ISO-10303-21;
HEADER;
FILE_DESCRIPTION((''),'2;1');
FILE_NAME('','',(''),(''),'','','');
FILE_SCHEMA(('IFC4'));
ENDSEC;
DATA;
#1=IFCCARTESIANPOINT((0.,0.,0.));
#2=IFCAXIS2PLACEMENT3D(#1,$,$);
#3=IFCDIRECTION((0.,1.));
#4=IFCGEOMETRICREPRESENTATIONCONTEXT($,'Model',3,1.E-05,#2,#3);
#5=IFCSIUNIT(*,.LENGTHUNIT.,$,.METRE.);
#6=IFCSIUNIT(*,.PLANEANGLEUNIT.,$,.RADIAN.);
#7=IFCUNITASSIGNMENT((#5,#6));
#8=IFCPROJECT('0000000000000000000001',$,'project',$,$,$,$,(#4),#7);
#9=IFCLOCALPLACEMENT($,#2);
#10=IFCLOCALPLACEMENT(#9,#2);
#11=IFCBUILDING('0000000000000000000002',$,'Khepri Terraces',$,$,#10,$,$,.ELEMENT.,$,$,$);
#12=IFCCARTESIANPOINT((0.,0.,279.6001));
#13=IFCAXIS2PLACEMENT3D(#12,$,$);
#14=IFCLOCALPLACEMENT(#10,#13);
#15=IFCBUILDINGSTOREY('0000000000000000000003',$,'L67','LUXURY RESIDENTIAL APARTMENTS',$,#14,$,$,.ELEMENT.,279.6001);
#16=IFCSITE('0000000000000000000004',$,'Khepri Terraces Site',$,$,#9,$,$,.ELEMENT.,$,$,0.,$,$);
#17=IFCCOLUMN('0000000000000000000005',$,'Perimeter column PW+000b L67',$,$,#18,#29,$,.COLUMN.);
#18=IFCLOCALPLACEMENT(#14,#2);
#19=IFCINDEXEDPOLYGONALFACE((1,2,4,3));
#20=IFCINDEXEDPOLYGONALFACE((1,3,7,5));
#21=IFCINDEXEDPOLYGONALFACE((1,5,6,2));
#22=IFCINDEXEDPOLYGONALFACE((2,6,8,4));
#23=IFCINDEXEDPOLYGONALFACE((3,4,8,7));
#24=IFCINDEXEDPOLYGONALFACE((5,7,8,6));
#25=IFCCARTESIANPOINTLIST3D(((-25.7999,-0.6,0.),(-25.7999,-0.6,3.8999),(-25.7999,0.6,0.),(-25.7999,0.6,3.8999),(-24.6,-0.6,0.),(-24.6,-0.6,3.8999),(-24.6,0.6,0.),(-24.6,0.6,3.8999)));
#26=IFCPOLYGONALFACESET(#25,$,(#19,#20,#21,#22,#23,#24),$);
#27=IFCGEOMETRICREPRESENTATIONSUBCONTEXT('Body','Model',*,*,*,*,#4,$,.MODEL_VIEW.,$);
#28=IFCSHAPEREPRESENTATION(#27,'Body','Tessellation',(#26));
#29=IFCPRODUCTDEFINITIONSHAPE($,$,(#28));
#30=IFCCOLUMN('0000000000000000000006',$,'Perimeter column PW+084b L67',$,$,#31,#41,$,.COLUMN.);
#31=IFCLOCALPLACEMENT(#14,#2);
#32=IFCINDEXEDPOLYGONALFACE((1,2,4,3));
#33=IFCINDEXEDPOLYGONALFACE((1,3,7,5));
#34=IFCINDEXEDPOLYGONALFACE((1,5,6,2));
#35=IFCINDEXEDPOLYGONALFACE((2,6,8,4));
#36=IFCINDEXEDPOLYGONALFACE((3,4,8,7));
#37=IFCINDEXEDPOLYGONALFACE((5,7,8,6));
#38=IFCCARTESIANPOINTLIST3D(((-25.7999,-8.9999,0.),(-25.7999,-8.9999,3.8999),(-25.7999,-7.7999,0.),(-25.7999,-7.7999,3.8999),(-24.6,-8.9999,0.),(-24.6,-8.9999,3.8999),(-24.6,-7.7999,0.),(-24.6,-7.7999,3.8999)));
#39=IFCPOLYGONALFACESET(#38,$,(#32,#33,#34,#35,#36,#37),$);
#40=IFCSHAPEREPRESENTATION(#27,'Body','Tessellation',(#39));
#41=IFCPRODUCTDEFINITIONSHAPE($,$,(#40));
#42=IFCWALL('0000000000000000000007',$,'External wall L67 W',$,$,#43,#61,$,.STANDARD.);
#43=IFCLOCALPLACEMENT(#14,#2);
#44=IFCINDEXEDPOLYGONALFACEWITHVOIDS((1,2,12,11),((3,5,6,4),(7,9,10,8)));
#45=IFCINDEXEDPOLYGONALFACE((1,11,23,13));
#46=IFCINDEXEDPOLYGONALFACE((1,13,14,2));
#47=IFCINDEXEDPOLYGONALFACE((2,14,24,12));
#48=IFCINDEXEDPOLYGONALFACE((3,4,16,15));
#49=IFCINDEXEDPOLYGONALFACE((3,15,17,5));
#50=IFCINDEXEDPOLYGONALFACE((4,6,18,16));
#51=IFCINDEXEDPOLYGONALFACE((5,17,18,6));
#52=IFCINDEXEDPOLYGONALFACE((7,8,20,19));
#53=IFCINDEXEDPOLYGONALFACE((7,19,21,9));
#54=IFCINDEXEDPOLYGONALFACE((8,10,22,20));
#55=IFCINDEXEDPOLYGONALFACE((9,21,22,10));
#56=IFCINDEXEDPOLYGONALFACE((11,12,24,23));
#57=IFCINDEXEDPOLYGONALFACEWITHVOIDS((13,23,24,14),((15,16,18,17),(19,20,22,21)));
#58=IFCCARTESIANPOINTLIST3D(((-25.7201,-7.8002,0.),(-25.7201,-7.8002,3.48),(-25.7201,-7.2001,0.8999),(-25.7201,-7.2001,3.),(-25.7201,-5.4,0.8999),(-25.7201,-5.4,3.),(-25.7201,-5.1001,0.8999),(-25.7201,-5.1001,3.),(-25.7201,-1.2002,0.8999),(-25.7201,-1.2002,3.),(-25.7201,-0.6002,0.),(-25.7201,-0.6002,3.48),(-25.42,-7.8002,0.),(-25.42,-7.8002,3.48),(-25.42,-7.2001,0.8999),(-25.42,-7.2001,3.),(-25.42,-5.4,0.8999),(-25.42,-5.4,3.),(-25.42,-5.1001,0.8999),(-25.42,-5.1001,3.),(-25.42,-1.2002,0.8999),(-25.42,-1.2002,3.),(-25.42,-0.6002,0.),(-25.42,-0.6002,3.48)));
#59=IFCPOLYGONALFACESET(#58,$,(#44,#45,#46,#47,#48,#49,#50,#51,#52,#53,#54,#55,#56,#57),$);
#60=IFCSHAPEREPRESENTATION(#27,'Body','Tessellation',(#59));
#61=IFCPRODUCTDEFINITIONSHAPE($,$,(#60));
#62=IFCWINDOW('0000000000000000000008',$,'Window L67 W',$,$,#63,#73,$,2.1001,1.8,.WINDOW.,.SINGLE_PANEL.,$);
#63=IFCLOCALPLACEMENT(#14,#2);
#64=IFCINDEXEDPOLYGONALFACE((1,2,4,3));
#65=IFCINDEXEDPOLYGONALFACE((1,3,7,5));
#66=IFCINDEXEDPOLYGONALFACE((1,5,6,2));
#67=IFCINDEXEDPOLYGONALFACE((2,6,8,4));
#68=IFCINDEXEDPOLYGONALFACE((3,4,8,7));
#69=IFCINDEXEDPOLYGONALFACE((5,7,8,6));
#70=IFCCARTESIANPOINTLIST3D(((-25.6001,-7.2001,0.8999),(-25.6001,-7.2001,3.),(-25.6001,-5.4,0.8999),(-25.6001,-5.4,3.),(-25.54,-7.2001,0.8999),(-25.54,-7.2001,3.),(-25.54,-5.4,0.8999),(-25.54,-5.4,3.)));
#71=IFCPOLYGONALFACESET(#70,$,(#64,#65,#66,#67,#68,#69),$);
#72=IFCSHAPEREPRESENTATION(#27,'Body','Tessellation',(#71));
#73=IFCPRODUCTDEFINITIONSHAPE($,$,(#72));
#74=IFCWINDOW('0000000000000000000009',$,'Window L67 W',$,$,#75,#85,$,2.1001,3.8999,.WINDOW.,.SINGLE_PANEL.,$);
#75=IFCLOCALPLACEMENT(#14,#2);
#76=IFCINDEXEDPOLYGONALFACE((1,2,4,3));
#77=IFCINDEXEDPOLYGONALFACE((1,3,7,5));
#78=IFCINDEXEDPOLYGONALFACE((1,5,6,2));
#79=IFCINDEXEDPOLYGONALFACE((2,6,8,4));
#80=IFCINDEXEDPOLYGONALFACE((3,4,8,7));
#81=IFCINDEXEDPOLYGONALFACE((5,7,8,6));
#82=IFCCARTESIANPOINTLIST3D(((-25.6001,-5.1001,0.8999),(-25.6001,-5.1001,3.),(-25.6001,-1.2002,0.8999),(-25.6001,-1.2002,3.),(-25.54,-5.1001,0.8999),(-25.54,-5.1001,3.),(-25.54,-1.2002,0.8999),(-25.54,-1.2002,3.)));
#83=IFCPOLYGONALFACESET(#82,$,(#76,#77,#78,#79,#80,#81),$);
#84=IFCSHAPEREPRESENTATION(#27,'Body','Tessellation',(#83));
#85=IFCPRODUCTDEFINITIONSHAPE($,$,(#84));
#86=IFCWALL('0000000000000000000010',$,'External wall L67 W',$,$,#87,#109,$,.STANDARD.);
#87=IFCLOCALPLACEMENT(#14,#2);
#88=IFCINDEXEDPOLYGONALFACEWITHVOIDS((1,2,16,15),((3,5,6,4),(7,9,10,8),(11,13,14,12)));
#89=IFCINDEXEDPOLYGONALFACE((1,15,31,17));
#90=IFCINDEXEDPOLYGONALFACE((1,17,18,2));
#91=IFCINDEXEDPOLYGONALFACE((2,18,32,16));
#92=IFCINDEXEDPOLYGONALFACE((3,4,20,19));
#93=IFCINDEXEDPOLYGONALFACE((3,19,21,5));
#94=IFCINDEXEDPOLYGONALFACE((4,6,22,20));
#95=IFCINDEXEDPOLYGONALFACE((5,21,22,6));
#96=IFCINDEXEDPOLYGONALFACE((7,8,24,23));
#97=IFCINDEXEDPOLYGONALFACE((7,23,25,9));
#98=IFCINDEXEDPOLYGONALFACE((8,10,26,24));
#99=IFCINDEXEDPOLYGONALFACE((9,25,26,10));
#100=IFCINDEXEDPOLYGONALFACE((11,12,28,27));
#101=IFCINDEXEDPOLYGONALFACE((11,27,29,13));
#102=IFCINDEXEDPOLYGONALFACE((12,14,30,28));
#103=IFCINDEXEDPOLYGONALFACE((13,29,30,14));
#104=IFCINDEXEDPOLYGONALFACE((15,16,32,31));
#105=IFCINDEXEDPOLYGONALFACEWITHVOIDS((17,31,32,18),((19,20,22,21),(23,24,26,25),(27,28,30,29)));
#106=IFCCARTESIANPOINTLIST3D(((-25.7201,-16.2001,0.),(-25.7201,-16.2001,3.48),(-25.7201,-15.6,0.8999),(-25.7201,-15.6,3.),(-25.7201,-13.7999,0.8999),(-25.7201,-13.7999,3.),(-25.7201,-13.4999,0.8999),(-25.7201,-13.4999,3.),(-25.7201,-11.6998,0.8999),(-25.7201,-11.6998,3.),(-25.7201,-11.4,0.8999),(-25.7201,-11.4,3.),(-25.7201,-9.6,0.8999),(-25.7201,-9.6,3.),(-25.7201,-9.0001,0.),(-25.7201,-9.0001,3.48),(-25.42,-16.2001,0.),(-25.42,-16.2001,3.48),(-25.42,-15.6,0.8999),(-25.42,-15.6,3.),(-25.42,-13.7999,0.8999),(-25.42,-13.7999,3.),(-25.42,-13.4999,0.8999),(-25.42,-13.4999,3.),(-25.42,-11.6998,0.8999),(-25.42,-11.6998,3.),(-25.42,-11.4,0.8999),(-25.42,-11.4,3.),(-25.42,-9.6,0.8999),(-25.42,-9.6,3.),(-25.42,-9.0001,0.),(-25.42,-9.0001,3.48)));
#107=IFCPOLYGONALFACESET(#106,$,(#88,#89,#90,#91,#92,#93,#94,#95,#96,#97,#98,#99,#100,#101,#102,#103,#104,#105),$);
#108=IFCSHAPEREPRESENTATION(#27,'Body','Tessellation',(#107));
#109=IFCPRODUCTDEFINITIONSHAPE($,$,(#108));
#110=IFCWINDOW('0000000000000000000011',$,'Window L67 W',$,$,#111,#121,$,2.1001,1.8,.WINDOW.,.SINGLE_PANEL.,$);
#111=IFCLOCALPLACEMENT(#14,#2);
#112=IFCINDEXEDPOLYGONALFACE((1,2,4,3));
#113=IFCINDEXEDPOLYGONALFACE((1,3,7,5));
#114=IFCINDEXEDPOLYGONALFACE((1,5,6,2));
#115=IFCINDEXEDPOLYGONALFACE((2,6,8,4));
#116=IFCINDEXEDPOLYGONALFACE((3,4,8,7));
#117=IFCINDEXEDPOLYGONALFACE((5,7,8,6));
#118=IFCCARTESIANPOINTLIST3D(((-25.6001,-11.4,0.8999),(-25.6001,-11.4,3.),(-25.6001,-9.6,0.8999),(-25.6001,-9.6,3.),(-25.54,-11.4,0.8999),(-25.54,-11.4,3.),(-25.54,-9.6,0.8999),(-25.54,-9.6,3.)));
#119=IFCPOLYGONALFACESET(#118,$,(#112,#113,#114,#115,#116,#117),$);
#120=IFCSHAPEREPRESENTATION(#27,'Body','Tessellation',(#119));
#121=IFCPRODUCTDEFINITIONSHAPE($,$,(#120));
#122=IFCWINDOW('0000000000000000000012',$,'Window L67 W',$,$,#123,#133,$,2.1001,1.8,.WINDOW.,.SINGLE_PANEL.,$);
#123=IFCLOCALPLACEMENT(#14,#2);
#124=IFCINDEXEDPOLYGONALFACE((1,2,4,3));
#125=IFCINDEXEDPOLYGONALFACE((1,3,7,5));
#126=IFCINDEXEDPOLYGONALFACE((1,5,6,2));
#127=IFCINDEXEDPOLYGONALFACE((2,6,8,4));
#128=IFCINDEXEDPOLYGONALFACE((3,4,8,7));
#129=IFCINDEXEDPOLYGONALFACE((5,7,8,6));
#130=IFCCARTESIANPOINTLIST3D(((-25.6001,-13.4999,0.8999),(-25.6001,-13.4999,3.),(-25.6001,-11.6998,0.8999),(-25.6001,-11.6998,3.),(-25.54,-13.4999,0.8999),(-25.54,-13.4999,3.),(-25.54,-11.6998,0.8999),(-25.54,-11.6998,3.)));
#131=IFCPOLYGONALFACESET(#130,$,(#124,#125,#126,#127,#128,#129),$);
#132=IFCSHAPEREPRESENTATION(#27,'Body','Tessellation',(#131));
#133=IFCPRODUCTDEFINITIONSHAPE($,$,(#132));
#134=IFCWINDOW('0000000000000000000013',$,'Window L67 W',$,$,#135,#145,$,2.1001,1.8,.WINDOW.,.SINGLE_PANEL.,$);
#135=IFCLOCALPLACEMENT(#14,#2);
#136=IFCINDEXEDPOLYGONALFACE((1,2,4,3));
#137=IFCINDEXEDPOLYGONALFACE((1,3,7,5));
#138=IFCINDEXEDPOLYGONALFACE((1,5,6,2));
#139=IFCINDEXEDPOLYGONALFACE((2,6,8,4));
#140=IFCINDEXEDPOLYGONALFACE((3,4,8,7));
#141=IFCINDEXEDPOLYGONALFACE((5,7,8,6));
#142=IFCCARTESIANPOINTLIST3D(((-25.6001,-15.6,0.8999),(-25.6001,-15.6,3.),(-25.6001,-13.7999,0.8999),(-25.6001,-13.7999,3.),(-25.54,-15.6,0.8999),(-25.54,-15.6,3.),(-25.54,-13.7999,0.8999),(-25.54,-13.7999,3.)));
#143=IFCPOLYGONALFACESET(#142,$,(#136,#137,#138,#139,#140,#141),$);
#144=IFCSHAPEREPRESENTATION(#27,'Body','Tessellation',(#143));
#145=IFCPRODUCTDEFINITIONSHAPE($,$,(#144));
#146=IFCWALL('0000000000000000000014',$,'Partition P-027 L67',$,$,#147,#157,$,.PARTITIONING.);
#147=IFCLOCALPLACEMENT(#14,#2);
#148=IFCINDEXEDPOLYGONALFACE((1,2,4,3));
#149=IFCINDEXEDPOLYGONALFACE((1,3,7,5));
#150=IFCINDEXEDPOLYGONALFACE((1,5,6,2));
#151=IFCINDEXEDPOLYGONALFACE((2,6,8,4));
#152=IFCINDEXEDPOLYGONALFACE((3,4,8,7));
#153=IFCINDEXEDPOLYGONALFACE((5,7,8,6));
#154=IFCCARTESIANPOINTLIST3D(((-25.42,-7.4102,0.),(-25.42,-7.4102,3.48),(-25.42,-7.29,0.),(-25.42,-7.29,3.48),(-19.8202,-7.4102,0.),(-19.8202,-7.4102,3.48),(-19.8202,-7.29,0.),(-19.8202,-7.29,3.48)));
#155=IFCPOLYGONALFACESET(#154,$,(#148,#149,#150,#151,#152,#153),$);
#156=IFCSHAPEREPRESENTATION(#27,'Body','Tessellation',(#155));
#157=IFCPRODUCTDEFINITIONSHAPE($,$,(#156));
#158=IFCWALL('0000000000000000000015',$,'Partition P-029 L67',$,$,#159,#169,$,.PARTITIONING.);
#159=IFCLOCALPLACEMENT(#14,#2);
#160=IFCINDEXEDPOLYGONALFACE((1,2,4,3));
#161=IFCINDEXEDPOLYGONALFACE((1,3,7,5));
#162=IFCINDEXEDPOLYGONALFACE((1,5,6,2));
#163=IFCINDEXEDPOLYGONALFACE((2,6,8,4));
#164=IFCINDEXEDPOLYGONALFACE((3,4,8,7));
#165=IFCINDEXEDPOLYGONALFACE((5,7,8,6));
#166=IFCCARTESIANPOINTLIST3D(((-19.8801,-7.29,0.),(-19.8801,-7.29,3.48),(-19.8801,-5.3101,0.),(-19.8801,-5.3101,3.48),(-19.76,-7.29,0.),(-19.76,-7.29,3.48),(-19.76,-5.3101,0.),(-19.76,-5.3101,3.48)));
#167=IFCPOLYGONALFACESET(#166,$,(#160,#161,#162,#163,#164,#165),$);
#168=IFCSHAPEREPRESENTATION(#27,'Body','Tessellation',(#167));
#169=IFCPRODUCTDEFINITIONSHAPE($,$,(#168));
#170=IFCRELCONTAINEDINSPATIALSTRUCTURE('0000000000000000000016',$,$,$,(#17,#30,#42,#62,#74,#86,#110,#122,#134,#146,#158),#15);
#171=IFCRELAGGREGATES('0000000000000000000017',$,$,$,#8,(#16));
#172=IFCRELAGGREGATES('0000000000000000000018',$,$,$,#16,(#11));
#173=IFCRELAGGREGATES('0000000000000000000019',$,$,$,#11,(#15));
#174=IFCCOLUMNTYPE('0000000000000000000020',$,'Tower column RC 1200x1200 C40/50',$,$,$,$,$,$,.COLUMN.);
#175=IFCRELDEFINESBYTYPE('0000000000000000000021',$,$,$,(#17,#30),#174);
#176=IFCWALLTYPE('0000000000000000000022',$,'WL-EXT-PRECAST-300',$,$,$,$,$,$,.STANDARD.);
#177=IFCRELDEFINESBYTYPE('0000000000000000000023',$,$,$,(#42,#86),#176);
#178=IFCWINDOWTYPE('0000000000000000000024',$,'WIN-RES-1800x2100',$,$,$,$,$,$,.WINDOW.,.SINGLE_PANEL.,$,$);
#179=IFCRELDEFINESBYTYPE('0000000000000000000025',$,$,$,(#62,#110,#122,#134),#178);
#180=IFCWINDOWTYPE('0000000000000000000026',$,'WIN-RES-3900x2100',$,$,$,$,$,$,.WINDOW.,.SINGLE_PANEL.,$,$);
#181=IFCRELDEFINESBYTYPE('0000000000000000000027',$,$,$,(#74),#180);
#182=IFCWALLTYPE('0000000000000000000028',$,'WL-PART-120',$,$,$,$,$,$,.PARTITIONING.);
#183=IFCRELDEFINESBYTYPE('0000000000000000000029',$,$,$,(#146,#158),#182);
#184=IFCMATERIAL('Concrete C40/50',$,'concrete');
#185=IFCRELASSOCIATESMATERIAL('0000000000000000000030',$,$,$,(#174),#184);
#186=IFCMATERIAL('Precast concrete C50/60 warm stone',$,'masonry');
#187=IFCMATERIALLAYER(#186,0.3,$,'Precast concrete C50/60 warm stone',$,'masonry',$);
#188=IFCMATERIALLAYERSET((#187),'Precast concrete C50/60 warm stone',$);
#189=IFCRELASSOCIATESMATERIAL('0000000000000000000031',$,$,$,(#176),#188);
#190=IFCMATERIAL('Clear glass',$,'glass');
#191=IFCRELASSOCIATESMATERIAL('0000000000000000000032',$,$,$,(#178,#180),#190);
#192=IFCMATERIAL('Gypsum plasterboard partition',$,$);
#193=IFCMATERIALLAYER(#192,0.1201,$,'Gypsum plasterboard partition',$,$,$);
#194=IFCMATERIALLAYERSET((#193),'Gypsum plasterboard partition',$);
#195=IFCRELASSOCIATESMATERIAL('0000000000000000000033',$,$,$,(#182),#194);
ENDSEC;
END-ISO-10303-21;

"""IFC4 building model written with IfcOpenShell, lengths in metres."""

from ifc_helpers import new_model, si_unit, direction, frame, frame_2d, origin, origin_2d, place, context, subcontext, project, spatial, rectangle, extrude, material, layer, layer_set, material_profile, profile_set, type_object, element, fill, save


model = new_model("IFC4")

# Units and contexts
model_context = context("Model", 3, precision=1e-05, world=origin(), true_north=direction((0.0, 1.0)))
body_context = subcontext(model_context, "Body", "Model", "MODEL_VIEW")
ifc_project = project(units=[si_unit("LENGTHUNIT", "METRE"), si_unit("PLANEANGLEUNIT", "RADIAN")], contexts=[model_context])

# Site, building, storey
site_placement = place(None, origin())
site = spatial("IfcSite", under=ifc_project, at=site_placement, Name="Khepri Terraces Site", CompositionType="ELEMENT", RefElevation=0.0)
building_placement = place(site_placement, origin())
building = spatial("IfcBuilding", under=site, at=building_placement, Name="Khepri Terraces", CompositionType="ELEMENT")
storey_placement = place(building_placement, frame((0.0, 0.0, 279.6001)))
storey = spatial("IfcBuildingStorey", under=building, at=storey_placement, Name="L67", Description="LUXURY RESIDENTIAL APARTMENTS", CompositionType="ELEMENT", Elevation=279.6001)

# Columns
ifc_material_1 = material(Name="Concrete C40/50", Category="concrete")
ifc_material_profile = material_profile(ifc_material_1, rectangle(XDim=1.2, YDim=1.2, at=origin_2d()), Name="Concrete C40/50", Category="concrete")
ifc_profile_set = profile_set([ifc_material_profile], Name="Concrete C40/50")
column_type = type_object("IfcColumnType", Name="Tower column RC 1200x1200 C40/50", PredefinedType="COLUMN", material=ifc_profile_set)
for number, where, z_axis, x_axis, name in (
    (1, (-25.2, 0.0, 0.0), (0.0, 0.0, 1.0), (1.0, 0.0, 0.0), "Perimeter column PW+000b L67"),
    (2, (-25.2, -8.3999, 0.0), (0.0, 0.0, 1.0), (1.0, 0.0, 0.0), "Perimeter column PW+084b L67"),
):
    element("IfcColumn", number, at=place(storey_placement, frame(where, z_axis=z_axis, x_axis=x_axis)), inside=storey, type_object=column_type, Name=name, PredefinedType="COLUMN", context=body_context, shape_type="SweptSolid", body=[
        extrude(rectangle(XDim=1.2, YDim=1.2, at=origin_2d()), origin(), (0.0, 0.0, 1.0), 3.8999),
    ])

# Walls, openings, windows
ifc_material_2 = material(Name="Precast concrete C50/60 warm stone", Category="masonry")
ifc_layer_1 = layer(ifc_material_2, 0.3, Name="Precast concrete C50/60 warm stone", Category="masonry")
ifc_layer_set_1 = layer_set([ifc_layer_1], Name="Precast concrete C50/60 warm stone")
wall_type_1 = type_object("IfcWallType", Name="WL-EXT-PRECAST-300", PredefinedType="STANDARD", material=ifc_layer_set_1)
wall_1_placement = place(storey_placement, frame((-25.5701, -0.6001, 0.0), z_axis=(0.0, 0.0, 1.0), x_axis=(0.0, -1.0, 0.0)))
wall_1 = element("IfcWall", 3, at=wall_1_placement, inside=storey, type_object=wall_type_1, Name="External wall L67 W", PredefinedType="STANDARD", context=body_context, shape_type="SweptSolid", body=[
    extrude(rectangle(XDim=7.2, YDim=0.3, at=frame_2d((3.6001, 0.0))), origin(), (0.0, 0.0, 1.0), 3.48),
])
opening_1_placement = place(wall_1_placement, frame((0.6001, 0.0, 0.8999)))
opening_1 = element("IfcOpeningElement", 4, at=opening_1_placement, cuts=wall_1, PredefinedType="OPENING", context=body_context, shape_type="SweptSolid", body=[
    extrude(rectangle(XDim=3.8999, YDim=2.1001, at=frame_2d((1.95, 1.05))), frame((0.0, 0.1602, 0.0), z_axis=(0.0, -1.0, 0.0), x_axis=(1.0, 0.0, 0.0)), (0.0, 0.0, 1.0), 0.3201),
])
opening_2_placement = place(wall_1_placement, frame((4.8, 0.0, 0.8999)))
opening_2 = element("IfcOpeningElement", 5, at=opening_2_placement, cuts=wall_1, PredefinedType="OPENING", context=body_context, shape_type="SweptSolid", body=[
    extrude(rectangle(XDim=1.8, YDim=2.1001, at=frame_2d((0.8999, 1.05))), frame((0.0, 0.1602, 0.0), z_axis=(0.0, -1.0, 0.0), x_axis=(1.0, 0.0, 0.0)), (0.0, 0.0, 1.0), 0.3201),
])
ifc_material_3 = material(Name="Clear glass", Category="glass")
window_type_1 = type_object("IfcWindowType", Name="WIN-RES-1800x2100", PartitioningType="SINGLE_PANEL", PredefinedType="WINDOW", material=ifc_material_3)
window_1_placement = place(opening_2_placement, origin())
window_1 = element("IfcWindow", 6, at=window_1_placement, inside=storey, type_object=window_type_1, Name="Window L67 W", OverallHeight=2.1001, OverallWidth=1.8, PartitioningType="SINGLE_PANEL", PredefinedType="WINDOW", context=body_context, shape_type="SweptSolid", body=[
    extrude(rectangle(XDim=1.8, YDim=2.1001, at=frame_2d((0.8999, 1.05))), frame((0.0, 0.03, 0.0), z_axis=(0.0, -1.0, 0.0), x_axis=(1.0, 0.0, 0.0)), (0.0, 0.0, 1.0), 0.0601),
])
fill(opening_2, window_1)
window_type_2 = type_object("IfcWindowType", Name="WIN-RES-3900x2100", PartitioningType="SINGLE_PANEL", PredefinedType="WINDOW", material=ifc_material_3)
window_2_placement = place(opening_1_placement, origin())
window_2 = element("IfcWindow", 7, at=window_2_placement, inside=storey, type_object=window_type_2, Name="Window L67 W", OverallHeight=2.1001, OverallWidth=3.8999, PartitioningType="SINGLE_PANEL", PredefinedType="WINDOW", context=body_context, shape_type="SweptSolid", body=[
    extrude(rectangle(XDim=3.8999, YDim=2.1001, at=frame_2d((1.95, 1.05))), frame((0.0, 0.03, 0.0), z_axis=(0.0, -1.0, 0.0), x_axis=(1.0, 0.0, 0.0)), (0.0, 0.0, 1.0), 0.0601),
])
fill(opening_1, window_2)
wall_2_placement = place(storey_placement, frame((-25.5701, -9.0, 0.0), z_axis=(0.0, 0.0, 1.0), x_axis=(0.0, -1.0, 0.0)))
wall_2 = element("IfcWall", 8, at=wall_2_placement, inside=storey, type_object=wall_type_1, Name="External wall L67 W", PredefinedType="STANDARD", context=body_context, shape_type="SweptSolid", body=[
    extrude(rectangle(XDim=7.2, YDim=0.3, at=frame_2d((3.6001, 0.0))), origin(), (0.0, 0.0, 1.0), 3.48),
])
opening_3_placement = place(wall_2_placement, frame((0.6001, 0.0, 0.8999)))
opening_3 = element("IfcOpeningElement", 9, at=opening_3_placement, cuts=wall_2, PredefinedType="OPENING", context=body_context, shape_type="SweptSolid", body=[
    extrude(rectangle(XDim=1.8, YDim=2.1001, at=frame_2d((0.8999, 1.05))), frame((0.0, 0.1602, 0.0), z_axis=(0.0, -1.0, 0.0), x_axis=(1.0, 0.0, 0.0)), (0.0, 0.0, 1.0), 0.3201),
])
opening_4_placement = place(wall_2_placement, frame((2.7, 0.0, 0.8999)))
opening_4 = element("IfcOpeningElement", 10, at=opening_4_placement, cuts=wall_2, PredefinedType="OPENING", context=body_context, shape_type="SweptSolid", body=[
    extrude(rectangle(XDim=1.8, YDim=2.1001, at=frame_2d((0.8999, 1.05))), frame((0.0, 0.1602, 0.0), z_axis=(0.0, -1.0, 0.0), x_axis=(1.0, 0.0, 0.0)), (0.0, 0.0, 1.0), 0.3201),
])
opening_5_placement = place(wall_2_placement, frame((4.8, 0.0, 0.8999)))
opening_5 = element("IfcOpeningElement", 11, at=opening_5_placement, cuts=wall_2, PredefinedType="OPENING", context=body_context, shape_type="SweptSolid", body=[
    extrude(rectangle(XDim=1.8, YDim=2.1001, at=frame_2d((0.8999, 1.05))), frame((0.0, 0.1602, 0.0), z_axis=(0.0, -1.0, 0.0), x_axis=(1.0, 0.0, 0.0)), (0.0, 0.0, 1.0), 0.3201),
])
window_3_placement = place(opening_3_placement, origin())
window_3 = element("IfcWindow", 12, at=window_3_placement, inside=storey, type_object=window_type_1, Name="Window L67 W", OverallHeight=2.1001, OverallWidth=1.8, PartitioningType="SINGLE_PANEL", PredefinedType="WINDOW", context=body_context, shape_type="SweptSolid", body=[
    extrude(rectangle(XDim=1.8, YDim=2.1001, at=frame_2d((0.8999, 1.05))), frame((0.0, 0.03, 0.0), z_axis=(0.0, -1.0, 0.0), x_axis=(1.0, 0.0, 0.0)), (0.0, 0.0, 1.0), 0.0601),
])
fill(opening_3, window_3)
window_4_placement = place(opening_4_placement, origin())
window_4 = element("IfcWindow", 13, at=window_4_placement, inside=storey, type_object=window_type_1, Name="Window L67 W", OverallHeight=2.1001, OverallWidth=1.8, PartitioningType="SINGLE_PANEL", PredefinedType="WINDOW", context=body_context, shape_type="SweptSolid", body=[
    extrude(rectangle(XDim=1.8, YDim=2.1001, at=frame_2d((0.8999, 1.05))), frame((0.0, 0.03, 0.0), z_axis=(0.0, -1.0, 0.0), x_axis=(1.0, 0.0, 0.0)), (0.0, 0.0, 1.0), 0.0601),
])
fill(opening_4, window_4)
window_5_placement = place(opening_5_placement, origin())
window_5 = element("IfcWindow", 14, at=window_5_placement, inside=storey, type_object=window_type_1, Name="Window L67 W", OverallHeight=2.1001, OverallWidth=1.8, PartitioningType="SINGLE_PANEL", PredefinedType="WINDOW", context=body_context, shape_type="SweptSolid", body=[
    extrude(rectangle(XDim=1.8, YDim=2.1001, at=frame_2d((0.8999, 1.05))), frame((0.0, 0.03, 0.0), z_axis=(0.0, -1.0, 0.0), x_axis=(1.0, 0.0, 0.0)), (0.0, 0.0, 1.0), 0.0601),
])
fill(opening_5, window_5)

# Walls
ifc_material_4 = material(Name="Gypsum plasterboard partition")
ifc_layer_2 = layer(ifc_material_4, 0.1201, Name="Gypsum plasterboard partition")
ifc_layer_set_2 = layer_set([ifc_layer_2], Name="Gypsum plasterboard partition")
wall_type_2 = type_object("IfcWallType", Name="WL-PART-120", PredefinedType="PARTITIONING", material=ifc_layer_set_2)
wall_3_placement = place(storey_placement, frame((-25.4199, -7.3501, 0.0), z_axis=(0.0, 0.0, 1.0), x_axis=(1.0, 0.0, 0.0)))
element("IfcWall", 15, at=wall_3_placement, inside=storey, type_object=wall_type_2, Name="Partition P-027 L67", PredefinedType="PARTITIONING", context=body_context, shape_type="SweptSolid", body=[
    extrude(rectangle(XDim=5.5999, YDim=0.1201, at=frame_2d((2.7998, 0.0))), origin(), (0.0, 0.0, 1.0), 3.48),
])
wall_4_placement = place(storey_placement, frame((-19.8201, -7.29, 0.0), z_axis=(0.0, 0.0, 1.0), x_axis=(0.0, 1.0, 0.0)))
element("IfcWall", 16, at=wall_4_placement, inside=storey, type_object=wall_type_2, Name="Partition P-029 L67", PredefinedType="PARTITIONING", context=body_context, shape_type="SweptSolid", body=[
    extrude(rectangle(XDim=1.98, YDim=0.1201, at=frame_2d((0.99, 0.0))), origin(), (0.0, 0.0, 1.0), 3.48),
])

save(model, "model.ifc")
